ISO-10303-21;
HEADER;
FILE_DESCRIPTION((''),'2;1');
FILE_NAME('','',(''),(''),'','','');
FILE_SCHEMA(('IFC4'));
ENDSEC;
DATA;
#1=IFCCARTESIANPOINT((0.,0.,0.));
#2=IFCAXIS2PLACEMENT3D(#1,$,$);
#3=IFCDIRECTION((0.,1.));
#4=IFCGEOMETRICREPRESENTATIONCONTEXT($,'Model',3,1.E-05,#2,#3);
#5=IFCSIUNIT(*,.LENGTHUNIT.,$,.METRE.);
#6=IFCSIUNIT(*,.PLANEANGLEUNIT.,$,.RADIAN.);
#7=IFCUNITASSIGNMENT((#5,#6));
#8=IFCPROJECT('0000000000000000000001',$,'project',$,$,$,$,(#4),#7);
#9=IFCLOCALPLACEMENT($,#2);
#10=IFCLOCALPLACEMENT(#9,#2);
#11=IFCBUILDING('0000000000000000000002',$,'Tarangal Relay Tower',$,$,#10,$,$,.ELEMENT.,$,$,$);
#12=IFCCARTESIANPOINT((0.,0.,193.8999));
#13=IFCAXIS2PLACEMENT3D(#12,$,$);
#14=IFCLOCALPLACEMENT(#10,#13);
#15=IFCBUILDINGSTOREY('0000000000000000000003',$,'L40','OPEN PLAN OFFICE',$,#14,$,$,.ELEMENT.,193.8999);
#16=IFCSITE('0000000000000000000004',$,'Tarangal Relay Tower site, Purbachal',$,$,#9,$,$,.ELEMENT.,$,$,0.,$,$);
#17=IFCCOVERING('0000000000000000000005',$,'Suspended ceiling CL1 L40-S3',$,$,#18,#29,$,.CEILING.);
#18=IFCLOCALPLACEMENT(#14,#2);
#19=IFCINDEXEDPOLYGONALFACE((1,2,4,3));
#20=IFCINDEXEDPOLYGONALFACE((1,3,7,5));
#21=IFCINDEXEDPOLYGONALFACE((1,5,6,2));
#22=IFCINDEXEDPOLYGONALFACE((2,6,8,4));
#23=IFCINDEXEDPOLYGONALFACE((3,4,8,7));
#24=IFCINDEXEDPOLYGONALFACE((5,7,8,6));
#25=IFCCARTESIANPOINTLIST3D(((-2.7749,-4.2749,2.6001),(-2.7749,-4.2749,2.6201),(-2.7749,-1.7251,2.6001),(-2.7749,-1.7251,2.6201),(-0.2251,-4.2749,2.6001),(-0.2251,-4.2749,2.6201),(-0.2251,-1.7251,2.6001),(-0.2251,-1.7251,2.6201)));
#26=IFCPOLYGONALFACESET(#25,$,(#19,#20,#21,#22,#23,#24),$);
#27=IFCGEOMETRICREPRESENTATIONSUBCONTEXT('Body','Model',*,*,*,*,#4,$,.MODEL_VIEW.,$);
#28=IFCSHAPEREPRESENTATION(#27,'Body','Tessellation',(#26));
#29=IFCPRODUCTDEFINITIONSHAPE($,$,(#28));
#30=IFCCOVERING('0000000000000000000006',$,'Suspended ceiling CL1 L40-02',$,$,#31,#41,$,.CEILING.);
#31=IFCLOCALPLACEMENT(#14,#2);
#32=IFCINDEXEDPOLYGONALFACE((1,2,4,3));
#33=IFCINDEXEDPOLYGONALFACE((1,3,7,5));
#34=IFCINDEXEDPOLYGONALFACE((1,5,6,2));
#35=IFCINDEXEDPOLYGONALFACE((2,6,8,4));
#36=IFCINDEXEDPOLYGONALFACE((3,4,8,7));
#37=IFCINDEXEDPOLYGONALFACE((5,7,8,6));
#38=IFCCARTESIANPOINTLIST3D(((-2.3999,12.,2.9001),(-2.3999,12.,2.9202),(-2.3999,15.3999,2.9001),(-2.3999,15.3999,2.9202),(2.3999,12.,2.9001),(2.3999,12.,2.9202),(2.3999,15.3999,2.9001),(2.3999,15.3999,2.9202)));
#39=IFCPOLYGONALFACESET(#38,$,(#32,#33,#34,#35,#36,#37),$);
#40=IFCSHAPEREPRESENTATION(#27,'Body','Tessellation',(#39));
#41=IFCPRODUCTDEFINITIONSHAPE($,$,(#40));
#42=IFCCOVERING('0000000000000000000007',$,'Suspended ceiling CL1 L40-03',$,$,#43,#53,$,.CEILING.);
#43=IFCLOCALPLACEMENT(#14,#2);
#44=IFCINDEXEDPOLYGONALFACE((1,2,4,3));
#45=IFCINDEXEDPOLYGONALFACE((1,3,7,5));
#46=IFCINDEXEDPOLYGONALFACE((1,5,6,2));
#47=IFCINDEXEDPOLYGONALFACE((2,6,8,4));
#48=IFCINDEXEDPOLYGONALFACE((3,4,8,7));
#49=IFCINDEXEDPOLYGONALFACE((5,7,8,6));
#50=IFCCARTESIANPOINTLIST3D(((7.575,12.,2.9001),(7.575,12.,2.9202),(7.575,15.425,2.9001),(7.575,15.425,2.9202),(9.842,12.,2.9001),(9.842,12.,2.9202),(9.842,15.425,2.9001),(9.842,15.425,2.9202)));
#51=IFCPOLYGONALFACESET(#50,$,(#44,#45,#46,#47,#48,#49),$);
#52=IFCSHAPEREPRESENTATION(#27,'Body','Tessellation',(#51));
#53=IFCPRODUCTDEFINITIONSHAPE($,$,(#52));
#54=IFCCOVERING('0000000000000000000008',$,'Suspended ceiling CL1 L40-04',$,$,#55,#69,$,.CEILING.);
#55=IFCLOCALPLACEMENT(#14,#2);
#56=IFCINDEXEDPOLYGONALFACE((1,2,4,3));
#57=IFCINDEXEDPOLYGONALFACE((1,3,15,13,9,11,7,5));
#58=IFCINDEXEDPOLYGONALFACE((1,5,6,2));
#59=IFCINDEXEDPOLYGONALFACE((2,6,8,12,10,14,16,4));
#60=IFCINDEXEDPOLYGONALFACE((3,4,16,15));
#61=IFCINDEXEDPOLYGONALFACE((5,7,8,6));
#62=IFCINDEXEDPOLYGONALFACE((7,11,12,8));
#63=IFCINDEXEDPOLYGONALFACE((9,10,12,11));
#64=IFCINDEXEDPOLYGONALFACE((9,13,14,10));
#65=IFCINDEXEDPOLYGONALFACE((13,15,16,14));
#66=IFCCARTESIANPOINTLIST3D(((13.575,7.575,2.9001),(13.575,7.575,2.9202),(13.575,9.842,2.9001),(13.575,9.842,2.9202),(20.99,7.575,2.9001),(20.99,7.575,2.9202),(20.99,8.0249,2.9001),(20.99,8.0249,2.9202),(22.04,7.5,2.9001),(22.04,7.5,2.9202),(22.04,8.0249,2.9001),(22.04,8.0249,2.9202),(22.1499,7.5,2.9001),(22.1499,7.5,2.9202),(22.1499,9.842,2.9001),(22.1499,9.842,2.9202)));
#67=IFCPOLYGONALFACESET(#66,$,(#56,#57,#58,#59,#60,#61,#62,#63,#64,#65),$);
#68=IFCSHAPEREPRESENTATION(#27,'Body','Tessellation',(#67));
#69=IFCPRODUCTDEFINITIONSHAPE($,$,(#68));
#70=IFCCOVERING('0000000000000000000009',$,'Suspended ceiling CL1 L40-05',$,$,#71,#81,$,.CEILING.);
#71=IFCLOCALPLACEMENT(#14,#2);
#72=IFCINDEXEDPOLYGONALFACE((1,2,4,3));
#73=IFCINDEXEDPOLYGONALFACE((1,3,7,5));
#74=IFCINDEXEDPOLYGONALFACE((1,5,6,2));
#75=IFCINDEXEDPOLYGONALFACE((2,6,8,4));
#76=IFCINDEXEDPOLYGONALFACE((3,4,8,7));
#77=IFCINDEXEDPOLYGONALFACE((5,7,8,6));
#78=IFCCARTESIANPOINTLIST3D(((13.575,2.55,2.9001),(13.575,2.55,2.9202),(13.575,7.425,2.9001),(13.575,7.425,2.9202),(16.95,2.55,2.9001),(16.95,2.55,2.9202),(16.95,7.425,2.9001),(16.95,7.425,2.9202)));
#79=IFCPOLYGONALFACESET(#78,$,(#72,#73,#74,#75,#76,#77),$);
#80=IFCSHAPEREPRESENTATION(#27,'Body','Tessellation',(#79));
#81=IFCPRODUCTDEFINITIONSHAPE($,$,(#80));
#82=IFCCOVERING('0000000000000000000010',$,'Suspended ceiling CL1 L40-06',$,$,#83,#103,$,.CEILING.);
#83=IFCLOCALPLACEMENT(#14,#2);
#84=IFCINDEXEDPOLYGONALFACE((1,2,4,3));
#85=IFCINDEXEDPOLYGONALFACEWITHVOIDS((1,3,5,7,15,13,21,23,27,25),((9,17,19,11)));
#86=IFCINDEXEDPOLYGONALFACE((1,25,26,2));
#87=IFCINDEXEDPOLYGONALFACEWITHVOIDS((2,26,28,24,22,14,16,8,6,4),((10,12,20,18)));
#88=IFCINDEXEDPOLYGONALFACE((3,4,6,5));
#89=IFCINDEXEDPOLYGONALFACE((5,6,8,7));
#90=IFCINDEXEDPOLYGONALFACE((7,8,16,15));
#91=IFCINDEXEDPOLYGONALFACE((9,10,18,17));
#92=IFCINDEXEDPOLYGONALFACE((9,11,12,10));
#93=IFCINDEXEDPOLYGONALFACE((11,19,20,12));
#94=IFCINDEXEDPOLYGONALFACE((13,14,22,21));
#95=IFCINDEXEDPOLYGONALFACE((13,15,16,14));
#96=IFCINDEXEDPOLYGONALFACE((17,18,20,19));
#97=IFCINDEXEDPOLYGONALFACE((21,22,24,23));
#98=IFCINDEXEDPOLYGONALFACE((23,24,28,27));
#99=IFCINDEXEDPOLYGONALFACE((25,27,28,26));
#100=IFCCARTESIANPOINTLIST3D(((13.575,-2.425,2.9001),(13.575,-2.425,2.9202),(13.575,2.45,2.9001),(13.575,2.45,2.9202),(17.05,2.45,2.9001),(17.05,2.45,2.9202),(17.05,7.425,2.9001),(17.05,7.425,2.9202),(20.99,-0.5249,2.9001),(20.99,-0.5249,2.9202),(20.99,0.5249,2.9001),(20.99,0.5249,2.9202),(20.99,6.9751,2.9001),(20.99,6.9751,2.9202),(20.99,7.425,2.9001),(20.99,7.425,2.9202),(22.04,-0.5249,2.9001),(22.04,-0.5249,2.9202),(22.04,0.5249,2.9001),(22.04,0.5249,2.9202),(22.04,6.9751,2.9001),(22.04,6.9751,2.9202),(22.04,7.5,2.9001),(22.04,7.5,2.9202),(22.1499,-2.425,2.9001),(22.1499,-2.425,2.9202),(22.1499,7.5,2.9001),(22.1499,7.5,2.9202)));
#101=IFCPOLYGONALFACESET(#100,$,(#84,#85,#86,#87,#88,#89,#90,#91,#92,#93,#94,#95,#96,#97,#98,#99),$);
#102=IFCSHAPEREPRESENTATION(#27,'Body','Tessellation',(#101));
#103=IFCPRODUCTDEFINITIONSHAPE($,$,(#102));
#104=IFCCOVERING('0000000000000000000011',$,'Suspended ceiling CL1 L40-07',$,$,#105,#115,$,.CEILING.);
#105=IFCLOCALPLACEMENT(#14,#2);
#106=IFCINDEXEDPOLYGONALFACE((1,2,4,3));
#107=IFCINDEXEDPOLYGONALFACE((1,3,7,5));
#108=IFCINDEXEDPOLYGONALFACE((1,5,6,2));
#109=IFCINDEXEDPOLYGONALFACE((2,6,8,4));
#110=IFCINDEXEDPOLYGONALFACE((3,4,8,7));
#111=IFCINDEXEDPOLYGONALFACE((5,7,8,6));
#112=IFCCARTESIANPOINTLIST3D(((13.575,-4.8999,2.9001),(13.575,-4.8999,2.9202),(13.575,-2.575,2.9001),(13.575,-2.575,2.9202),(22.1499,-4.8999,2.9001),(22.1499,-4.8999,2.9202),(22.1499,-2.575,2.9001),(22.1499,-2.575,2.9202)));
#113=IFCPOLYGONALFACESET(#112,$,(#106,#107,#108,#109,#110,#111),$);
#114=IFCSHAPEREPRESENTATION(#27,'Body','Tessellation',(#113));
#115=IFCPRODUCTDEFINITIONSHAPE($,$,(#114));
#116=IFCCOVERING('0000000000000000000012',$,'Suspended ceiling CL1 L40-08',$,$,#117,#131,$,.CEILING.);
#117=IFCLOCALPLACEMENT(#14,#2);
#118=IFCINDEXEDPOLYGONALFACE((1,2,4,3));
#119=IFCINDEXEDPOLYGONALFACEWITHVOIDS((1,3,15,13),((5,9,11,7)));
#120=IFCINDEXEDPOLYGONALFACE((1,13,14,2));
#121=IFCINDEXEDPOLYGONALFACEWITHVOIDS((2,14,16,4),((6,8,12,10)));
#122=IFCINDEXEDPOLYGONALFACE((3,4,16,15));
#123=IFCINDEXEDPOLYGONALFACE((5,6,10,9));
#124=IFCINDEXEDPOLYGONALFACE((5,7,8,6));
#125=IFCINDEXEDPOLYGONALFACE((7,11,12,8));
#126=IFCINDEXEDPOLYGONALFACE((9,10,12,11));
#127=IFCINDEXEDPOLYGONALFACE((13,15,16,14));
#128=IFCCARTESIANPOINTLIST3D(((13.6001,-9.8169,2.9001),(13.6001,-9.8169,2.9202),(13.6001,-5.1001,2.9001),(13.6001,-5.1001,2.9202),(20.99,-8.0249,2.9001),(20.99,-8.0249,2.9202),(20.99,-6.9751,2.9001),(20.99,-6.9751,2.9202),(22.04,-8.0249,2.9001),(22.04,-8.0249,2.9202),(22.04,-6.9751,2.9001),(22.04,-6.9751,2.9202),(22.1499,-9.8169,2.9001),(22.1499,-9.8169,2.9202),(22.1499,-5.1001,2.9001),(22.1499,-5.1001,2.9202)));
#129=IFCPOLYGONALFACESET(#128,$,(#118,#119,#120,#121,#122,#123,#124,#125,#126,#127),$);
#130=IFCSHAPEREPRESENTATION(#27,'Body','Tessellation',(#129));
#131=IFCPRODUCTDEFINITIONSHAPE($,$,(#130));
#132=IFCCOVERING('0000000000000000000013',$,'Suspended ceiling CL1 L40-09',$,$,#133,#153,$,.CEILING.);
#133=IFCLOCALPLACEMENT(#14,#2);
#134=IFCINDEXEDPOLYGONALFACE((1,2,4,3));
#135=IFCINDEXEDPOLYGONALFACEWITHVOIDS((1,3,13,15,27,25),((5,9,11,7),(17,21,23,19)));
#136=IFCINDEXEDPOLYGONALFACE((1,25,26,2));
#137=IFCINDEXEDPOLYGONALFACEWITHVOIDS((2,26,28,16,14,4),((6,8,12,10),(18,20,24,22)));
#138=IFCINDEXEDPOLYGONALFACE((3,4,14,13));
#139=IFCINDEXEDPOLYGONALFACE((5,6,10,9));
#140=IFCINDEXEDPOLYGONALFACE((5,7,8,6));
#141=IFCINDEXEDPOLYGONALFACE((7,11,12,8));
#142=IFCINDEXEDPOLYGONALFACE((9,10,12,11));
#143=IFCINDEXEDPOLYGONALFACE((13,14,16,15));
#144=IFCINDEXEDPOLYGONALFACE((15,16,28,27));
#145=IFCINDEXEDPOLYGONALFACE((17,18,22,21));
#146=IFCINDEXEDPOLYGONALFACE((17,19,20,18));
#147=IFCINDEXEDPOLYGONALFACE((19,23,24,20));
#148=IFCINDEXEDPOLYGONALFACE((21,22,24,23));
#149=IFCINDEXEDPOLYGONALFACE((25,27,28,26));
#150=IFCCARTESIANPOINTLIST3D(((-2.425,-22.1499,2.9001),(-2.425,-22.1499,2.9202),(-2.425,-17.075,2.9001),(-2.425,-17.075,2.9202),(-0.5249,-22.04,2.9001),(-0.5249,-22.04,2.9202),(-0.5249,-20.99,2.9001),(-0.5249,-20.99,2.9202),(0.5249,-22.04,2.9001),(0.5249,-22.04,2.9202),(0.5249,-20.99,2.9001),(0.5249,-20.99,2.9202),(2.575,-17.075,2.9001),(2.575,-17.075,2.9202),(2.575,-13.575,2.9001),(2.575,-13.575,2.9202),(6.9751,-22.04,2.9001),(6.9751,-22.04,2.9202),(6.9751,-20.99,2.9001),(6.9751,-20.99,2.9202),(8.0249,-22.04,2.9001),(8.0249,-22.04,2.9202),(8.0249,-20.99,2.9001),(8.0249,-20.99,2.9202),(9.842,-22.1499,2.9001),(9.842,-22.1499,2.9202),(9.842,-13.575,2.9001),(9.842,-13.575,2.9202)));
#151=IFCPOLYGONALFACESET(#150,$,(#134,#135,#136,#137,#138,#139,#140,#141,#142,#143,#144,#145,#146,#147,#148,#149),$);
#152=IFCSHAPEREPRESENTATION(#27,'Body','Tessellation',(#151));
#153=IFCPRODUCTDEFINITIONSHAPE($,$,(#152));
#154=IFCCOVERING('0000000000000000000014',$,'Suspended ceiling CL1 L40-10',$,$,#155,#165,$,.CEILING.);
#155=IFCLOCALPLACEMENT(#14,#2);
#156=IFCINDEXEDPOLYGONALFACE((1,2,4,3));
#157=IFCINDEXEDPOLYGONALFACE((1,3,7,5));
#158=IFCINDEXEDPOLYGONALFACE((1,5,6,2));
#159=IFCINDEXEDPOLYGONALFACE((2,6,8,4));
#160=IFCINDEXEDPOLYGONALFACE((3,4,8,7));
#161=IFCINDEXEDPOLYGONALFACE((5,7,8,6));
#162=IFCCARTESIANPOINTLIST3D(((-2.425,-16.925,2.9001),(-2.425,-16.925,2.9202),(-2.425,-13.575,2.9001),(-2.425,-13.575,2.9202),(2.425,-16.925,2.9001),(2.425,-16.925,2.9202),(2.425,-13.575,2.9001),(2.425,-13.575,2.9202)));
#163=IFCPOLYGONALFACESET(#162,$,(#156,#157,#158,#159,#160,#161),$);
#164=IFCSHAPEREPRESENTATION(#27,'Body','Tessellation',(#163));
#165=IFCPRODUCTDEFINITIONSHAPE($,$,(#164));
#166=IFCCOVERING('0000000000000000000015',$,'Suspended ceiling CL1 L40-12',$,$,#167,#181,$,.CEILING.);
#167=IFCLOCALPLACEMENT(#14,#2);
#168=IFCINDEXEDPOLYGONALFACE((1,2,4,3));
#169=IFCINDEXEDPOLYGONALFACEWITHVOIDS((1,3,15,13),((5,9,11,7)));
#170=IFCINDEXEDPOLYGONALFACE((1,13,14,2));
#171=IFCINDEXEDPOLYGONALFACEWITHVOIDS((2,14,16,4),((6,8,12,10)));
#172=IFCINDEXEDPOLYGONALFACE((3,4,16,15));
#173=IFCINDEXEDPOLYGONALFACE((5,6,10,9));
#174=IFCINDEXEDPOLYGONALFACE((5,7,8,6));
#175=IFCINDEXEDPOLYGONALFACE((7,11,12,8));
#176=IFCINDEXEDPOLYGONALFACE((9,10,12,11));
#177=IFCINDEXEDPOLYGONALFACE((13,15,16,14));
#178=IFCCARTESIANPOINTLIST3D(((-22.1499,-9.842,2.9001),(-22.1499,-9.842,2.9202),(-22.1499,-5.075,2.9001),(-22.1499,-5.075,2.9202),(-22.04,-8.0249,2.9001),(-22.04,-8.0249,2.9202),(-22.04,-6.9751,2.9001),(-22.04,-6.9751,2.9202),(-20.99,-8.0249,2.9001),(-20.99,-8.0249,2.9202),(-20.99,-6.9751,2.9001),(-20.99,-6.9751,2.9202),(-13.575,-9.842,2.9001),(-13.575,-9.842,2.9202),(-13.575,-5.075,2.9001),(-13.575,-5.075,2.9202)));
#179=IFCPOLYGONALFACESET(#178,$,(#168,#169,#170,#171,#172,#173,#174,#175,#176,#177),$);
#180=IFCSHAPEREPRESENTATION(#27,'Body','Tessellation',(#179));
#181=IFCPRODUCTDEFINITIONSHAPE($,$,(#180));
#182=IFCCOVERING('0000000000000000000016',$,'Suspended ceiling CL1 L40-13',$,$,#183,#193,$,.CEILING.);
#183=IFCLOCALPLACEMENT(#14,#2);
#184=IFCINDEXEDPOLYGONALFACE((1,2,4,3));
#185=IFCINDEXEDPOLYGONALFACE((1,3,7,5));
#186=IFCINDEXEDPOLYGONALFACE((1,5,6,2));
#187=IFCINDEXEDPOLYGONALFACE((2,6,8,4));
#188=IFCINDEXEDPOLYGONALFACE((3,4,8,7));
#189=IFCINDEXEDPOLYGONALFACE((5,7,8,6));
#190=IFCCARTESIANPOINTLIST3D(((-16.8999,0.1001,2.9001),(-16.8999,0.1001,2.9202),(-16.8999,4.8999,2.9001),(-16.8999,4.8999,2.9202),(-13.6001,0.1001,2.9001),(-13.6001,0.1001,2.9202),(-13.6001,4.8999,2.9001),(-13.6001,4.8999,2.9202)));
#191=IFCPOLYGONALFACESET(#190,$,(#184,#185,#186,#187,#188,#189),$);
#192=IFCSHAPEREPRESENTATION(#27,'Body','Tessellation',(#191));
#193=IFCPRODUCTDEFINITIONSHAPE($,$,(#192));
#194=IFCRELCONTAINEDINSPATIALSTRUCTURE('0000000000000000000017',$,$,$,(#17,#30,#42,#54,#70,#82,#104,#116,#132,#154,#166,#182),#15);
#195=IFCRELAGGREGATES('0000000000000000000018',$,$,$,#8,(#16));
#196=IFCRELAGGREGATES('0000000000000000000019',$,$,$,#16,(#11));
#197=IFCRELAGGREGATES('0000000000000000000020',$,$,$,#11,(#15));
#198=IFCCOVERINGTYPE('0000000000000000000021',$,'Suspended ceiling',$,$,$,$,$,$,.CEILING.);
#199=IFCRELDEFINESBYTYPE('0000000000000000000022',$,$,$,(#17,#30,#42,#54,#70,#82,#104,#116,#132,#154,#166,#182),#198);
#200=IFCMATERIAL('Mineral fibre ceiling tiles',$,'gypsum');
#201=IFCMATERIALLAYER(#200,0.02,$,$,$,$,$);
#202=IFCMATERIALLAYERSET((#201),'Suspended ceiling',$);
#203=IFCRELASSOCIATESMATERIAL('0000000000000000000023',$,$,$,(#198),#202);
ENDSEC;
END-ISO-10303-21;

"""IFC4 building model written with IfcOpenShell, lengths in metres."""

from ifc_helpers import new_model, si_unit, direction, frame, origin, place, context, subcontext, project, spatial, polyline, outline, extrude, material, layer, layer_set, type_object, element, save


model = new_model("IFC4")

# Units and contexts
model_context = context("Model", 3, precision=1e-05, world=origin(), true_north=direction((0.0, 1.0)))
body_context = subcontext(model_context, "Body", "Model", "MODEL_VIEW")
ifc_project = project(units=[si_unit("LENGTHUNIT", "METRE"), si_unit("PLANEANGLEUNIT", "RADIAN")], contexts=[model_context])

# Site, building, storey
site_placement = place(None, origin())
site = spatial("IfcSite", under=ifc_project, at=site_placement, Name="Tarangal Relay Tower site, Purbachal", CompositionType="ELEMENT", RefElevation=0.0)
building_placement = place(site_placement, origin())
building = spatial("IfcBuilding", under=site, at=building_placement, Name="Tarangal Relay Tower", CompositionType="ELEMENT")
storey_placement = place(building_placement, frame((0.0, 0.0, 193.8999)))
storey = spatial("IfcBuildingStorey", under=building, at=storey_placement, Name="L40", Description="OPEN PLAN OFFICE", CompositionType="ELEMENT", Elevation=193.8999)

# Coverings
ifc_material_1 = material(Name="Mineral fibre ceiling tiles", Category="gypsum")
ifc_layer_1 = layer(ifc_material_1, 0.02)
ifc_layer_set_1 = layer_set([ifc_layer_1], Name="Suspended ceiling")
covering_type_1 = type_object("IfcCoveringType", Name="Suspended ceiling", PredefinedType="CEILING", material=ifc_layer_set_1)
covering_1_placement = place(storey_placement, frame((0.0, 0.0, 2.6001)))
element("IfcCovering", 1, at=covering_1_placement, inside=storey, type_object=covering_type_1, Name="Suspended ceiling CL1 L40-S3", PredefinedType="CEILING", context=body_context, shape_type="SweptSolid", body=[
    extrude(outline(polyline([(-2.7749, -4.2749), (-0.2251, -4.2749), (-0.2251, -1.7251), (-2.7749, -1.7251), (-2.7749, -4.2749)])), origin(), (0.0, 0.0, 1.0), 0.02),
])
covering_2_placement = place(storey_placement, frame((0.0, 0.0, 2.9001)))
element("IfcCovering", 2, at=covering_2_placement, inside=storey, type_object=covering_type_1, Name="Suspended ceiling CL1 L40-02", PredefinedType="CEILING", context=body_context, shape_type="SweptSolid", body=[
    extrude(outline(polyline([(2.3999, 12.0), (2.3999, 15.3999), (-2.3999, 15.3999), (-2.3999, 12.0), (2.3999, 12.0)])), origin(), (0.0, 0.0, 1.0), 0.02),
])
covering_3_placement = place(storey_placement, frame((0.0, 0.0, 2.9001)))
element("IfcCovering", 3, at=covering_3_placement, inside=storey, type_object=covering_type_1, Name="Suspended ceiling CL1 L40-03", PredefinedType="CEILING", context=body_context, shape_type="SweptSolid", body=[
    extrude(outline(polyline([(9.842, 12.0), (9.842, 15.425), (7.575, 15.425), (7.575, 12.0), (9.842, 12.0)])), origin(), (0.0, 0.0, 1.0), 0.02),
])
covering_4_placement = place(storey_placement, frame((0.0, 0.0, 2.9001)))
element("IfcCovering", 4, at=covering_4_placement, inside=storey, type_object=covering_type_1, Name="Suspended ceiling CL1 L40-04", PredefinedType="CEILING", context=body_context, shape_type="SweptSolid", body=[
    extrude(outline(polyline([(22.1499, 7.5), (22.1499, 9.842), (13.575, 9.842), (13.575, 7.575), (20.99, 7.575), (20.99, 8.0249), (22.04, 8.0249), (22.04, 7.5), (22.1499, 7.5)])), origin(), (0.0, 0.0, 1.0), 0.02),
])
covering_5_placement = place(storey_placement, frame((0.0, 0.0, 2.9001)))
element("IfcCovering", 5, at=covering_5_placement, inside=storey, type_object=covering_type_1, Name="Suspended ceiling CL1 L40-05", PredefinedType="CEILING", context=body_context, shape_type="SweptSolid", body=[
    extrude(outline(polyline([(13.575, 7.425), (13.575, 2.55), (16.95, 2.55), (16.95, 7.425), (13.575, 7.425)])), origin(), (0.0, 0.0, 1.0), 0.02),
])
covering_6_placement = place(storey_placement, frame((0.0, 0.0, 2.9001)))
element("IfcCovering", 6, at=covering_6_placement, inside=storey, type_object=covering_type_1, Name="Suspended ceiling CL1 L40-06", PredefinedType="CEILING", context=body_context, shape_type="SweptSolid", body=[
    extrude(outline(polyline([(22.1499, 7.5), (22.04, 7.5), (22.04, 6.9751), (20.99, 6.9751), (20.99, 7.425), (17.05, 7.425), (17.05, 2.45), (13.575, 2.45), (13.575, -2.425), (22.1499, -2.425), (22.1499, 7.5)]), holes=[polyline([(22.04, -0.5249), (22.04, 0.5249), (20.99, 0.5249), (20.99, -0.5249), (22.04, -0.5249)])]), origin(), (0.0, 0.0, 1.0), 0.02),
])
covering_7_placement = place(storey_placement, frame((0.0, 0.0, 2.9001)))
element("IfcCovering", 7, at=covering_7_placement, inside=storey, type_object=covering_type_1, Name="Suspended ceiling CL1 L40-07", PredefinedType="CEILING", context=body_context, shape_type="SweptSolid", body=[
    extrude(outline(polyline([(22.1499, -2.575), (13.575, -2.575), (13.575, -4.8999), (22.1499, -4.8999), (22.1499, -2.575)])), origin(), (0.0, 0.0, 1.0), 0.02),
])
covering_8_placement = place(storey_placement, frame((0.0, 0.0, 2.9001)))
element("IfcCovering", 8, at=covering_8_placement, inside=storey, type_object=covering_type_1, Name="Suspended ceiling CL1 L40-08", PredefinedType="CEILING", context=body_context, shape_type="SweptSolid", body=[
    extrude(outline(polyline([(22.1499, -9.8169), (22.1499, -5.1001), (13.6001, -5.1001), (13.6001, -9.8169), (22.1499, -9.8169)]), holes=[polyline([(22.04, -6.9751), (20.99, -6.9751), (20.99, -8.0249), (22.04, -8.0249), (22.04, -6.9751)])]), origin(), (0.0, 0.0, 1.0), 0.02),
])
covering_9_placement = place(storey_placement, frame((0.0, 0.0, 2.9001)))
element("IfcCovering", 9, at=covering_9_placement, inside=storey, type_object=covering_type_1, Name="Suspended ceiling CL1 L40-09", PredefinedType="CEILING", context=body_context, shape_type="SweptSolid", body=[
    extrude(outline(polyline([(-2.425, -22.1499), (9.842, -22.1499), (9.842, -13.575), (2.575, -13.575), (2.575, -17.075), (-2.425, -17.075), (-2.425, -22.1499)]), holes=[polyline([(0.5249, -22.04), (0.5249, -20.99), (-0.5249, -20.99), (-0.5249, -22.04), (0.5249, -22.04)]), polyline([(8.0249, -22.04), (8.0249, -20.99), (6.9751, -20.99), (6.9751, -22.04), (8.0249, -22.04)])]), origin(), (0.0, 0.0, 1.0), 0.02),
])
covering_10_placement = place(storey_placement, frame((0.0, 0.0, 2.9001)))
element("IfcCovering", 10, at=covering_10_placement, inside=storey, type_object=covering_type_1, Name="Suspended ceiling CL1 L40-10", PredefinedType="CEILING", context=body_context, shape_type="SweptSolid", body=[
    extrude(outline(polyline([(-2.425, -13.575), (-2.425, -16.925), (2.425, -16.925), (2.425, -13.575), (-2.425, -13.575)])), origin(), (0.0, 0.0, 1.0), 0.02),
])
covering_11_placement = place(storey_placement, frame((0.0, 0.0, 2.9001)))
element("IfcCovering", 11, at=covering_11_placement, inside=storey, type_object=covering_type_1, Name="Suspended ceiling CL1 L40-12", PredefinedType="CEILING", context=body_context, shape_type="SweptSolid", body=[
    extrude(outline(polyline([(-22.1499, -5.075), (-22.1499, -9.842), (-13.575, -9.842), (-13.575, -5.075), (-22.1499, -5.075)]), holes=[polyline([(-20.99, -6.9751), (-22.04, -6.9751), (-22.04, -8.0249), (-20.99, -8.0249), (-20.99, -6.9751)])]), origin(), (0.0, 0.0, 1.0), 0.02),
])
covering_12_placement = place(storey_placement, frame((0.0, 0.0, 2.9001)))
element("IfcCovering", 12, at=covering_12_placement, inside=storey, type_object=covering_type_1, Name="Suspended ceiling CL1 L40-13", PredefinedType="CEILING", context=body_context, shape_type="SweptSolid", body=[
    extrude(outline(polyline([(-13.6001, 4.8999), (-16.8999, 4.8999), (-16.8999, 0.1001), (-13.6001, 0.1001), (-13.6001, 4.8999)])), origin(), (0.0, 0.0, 1.0), 0.02),
])

save(model, "model.ifc")
